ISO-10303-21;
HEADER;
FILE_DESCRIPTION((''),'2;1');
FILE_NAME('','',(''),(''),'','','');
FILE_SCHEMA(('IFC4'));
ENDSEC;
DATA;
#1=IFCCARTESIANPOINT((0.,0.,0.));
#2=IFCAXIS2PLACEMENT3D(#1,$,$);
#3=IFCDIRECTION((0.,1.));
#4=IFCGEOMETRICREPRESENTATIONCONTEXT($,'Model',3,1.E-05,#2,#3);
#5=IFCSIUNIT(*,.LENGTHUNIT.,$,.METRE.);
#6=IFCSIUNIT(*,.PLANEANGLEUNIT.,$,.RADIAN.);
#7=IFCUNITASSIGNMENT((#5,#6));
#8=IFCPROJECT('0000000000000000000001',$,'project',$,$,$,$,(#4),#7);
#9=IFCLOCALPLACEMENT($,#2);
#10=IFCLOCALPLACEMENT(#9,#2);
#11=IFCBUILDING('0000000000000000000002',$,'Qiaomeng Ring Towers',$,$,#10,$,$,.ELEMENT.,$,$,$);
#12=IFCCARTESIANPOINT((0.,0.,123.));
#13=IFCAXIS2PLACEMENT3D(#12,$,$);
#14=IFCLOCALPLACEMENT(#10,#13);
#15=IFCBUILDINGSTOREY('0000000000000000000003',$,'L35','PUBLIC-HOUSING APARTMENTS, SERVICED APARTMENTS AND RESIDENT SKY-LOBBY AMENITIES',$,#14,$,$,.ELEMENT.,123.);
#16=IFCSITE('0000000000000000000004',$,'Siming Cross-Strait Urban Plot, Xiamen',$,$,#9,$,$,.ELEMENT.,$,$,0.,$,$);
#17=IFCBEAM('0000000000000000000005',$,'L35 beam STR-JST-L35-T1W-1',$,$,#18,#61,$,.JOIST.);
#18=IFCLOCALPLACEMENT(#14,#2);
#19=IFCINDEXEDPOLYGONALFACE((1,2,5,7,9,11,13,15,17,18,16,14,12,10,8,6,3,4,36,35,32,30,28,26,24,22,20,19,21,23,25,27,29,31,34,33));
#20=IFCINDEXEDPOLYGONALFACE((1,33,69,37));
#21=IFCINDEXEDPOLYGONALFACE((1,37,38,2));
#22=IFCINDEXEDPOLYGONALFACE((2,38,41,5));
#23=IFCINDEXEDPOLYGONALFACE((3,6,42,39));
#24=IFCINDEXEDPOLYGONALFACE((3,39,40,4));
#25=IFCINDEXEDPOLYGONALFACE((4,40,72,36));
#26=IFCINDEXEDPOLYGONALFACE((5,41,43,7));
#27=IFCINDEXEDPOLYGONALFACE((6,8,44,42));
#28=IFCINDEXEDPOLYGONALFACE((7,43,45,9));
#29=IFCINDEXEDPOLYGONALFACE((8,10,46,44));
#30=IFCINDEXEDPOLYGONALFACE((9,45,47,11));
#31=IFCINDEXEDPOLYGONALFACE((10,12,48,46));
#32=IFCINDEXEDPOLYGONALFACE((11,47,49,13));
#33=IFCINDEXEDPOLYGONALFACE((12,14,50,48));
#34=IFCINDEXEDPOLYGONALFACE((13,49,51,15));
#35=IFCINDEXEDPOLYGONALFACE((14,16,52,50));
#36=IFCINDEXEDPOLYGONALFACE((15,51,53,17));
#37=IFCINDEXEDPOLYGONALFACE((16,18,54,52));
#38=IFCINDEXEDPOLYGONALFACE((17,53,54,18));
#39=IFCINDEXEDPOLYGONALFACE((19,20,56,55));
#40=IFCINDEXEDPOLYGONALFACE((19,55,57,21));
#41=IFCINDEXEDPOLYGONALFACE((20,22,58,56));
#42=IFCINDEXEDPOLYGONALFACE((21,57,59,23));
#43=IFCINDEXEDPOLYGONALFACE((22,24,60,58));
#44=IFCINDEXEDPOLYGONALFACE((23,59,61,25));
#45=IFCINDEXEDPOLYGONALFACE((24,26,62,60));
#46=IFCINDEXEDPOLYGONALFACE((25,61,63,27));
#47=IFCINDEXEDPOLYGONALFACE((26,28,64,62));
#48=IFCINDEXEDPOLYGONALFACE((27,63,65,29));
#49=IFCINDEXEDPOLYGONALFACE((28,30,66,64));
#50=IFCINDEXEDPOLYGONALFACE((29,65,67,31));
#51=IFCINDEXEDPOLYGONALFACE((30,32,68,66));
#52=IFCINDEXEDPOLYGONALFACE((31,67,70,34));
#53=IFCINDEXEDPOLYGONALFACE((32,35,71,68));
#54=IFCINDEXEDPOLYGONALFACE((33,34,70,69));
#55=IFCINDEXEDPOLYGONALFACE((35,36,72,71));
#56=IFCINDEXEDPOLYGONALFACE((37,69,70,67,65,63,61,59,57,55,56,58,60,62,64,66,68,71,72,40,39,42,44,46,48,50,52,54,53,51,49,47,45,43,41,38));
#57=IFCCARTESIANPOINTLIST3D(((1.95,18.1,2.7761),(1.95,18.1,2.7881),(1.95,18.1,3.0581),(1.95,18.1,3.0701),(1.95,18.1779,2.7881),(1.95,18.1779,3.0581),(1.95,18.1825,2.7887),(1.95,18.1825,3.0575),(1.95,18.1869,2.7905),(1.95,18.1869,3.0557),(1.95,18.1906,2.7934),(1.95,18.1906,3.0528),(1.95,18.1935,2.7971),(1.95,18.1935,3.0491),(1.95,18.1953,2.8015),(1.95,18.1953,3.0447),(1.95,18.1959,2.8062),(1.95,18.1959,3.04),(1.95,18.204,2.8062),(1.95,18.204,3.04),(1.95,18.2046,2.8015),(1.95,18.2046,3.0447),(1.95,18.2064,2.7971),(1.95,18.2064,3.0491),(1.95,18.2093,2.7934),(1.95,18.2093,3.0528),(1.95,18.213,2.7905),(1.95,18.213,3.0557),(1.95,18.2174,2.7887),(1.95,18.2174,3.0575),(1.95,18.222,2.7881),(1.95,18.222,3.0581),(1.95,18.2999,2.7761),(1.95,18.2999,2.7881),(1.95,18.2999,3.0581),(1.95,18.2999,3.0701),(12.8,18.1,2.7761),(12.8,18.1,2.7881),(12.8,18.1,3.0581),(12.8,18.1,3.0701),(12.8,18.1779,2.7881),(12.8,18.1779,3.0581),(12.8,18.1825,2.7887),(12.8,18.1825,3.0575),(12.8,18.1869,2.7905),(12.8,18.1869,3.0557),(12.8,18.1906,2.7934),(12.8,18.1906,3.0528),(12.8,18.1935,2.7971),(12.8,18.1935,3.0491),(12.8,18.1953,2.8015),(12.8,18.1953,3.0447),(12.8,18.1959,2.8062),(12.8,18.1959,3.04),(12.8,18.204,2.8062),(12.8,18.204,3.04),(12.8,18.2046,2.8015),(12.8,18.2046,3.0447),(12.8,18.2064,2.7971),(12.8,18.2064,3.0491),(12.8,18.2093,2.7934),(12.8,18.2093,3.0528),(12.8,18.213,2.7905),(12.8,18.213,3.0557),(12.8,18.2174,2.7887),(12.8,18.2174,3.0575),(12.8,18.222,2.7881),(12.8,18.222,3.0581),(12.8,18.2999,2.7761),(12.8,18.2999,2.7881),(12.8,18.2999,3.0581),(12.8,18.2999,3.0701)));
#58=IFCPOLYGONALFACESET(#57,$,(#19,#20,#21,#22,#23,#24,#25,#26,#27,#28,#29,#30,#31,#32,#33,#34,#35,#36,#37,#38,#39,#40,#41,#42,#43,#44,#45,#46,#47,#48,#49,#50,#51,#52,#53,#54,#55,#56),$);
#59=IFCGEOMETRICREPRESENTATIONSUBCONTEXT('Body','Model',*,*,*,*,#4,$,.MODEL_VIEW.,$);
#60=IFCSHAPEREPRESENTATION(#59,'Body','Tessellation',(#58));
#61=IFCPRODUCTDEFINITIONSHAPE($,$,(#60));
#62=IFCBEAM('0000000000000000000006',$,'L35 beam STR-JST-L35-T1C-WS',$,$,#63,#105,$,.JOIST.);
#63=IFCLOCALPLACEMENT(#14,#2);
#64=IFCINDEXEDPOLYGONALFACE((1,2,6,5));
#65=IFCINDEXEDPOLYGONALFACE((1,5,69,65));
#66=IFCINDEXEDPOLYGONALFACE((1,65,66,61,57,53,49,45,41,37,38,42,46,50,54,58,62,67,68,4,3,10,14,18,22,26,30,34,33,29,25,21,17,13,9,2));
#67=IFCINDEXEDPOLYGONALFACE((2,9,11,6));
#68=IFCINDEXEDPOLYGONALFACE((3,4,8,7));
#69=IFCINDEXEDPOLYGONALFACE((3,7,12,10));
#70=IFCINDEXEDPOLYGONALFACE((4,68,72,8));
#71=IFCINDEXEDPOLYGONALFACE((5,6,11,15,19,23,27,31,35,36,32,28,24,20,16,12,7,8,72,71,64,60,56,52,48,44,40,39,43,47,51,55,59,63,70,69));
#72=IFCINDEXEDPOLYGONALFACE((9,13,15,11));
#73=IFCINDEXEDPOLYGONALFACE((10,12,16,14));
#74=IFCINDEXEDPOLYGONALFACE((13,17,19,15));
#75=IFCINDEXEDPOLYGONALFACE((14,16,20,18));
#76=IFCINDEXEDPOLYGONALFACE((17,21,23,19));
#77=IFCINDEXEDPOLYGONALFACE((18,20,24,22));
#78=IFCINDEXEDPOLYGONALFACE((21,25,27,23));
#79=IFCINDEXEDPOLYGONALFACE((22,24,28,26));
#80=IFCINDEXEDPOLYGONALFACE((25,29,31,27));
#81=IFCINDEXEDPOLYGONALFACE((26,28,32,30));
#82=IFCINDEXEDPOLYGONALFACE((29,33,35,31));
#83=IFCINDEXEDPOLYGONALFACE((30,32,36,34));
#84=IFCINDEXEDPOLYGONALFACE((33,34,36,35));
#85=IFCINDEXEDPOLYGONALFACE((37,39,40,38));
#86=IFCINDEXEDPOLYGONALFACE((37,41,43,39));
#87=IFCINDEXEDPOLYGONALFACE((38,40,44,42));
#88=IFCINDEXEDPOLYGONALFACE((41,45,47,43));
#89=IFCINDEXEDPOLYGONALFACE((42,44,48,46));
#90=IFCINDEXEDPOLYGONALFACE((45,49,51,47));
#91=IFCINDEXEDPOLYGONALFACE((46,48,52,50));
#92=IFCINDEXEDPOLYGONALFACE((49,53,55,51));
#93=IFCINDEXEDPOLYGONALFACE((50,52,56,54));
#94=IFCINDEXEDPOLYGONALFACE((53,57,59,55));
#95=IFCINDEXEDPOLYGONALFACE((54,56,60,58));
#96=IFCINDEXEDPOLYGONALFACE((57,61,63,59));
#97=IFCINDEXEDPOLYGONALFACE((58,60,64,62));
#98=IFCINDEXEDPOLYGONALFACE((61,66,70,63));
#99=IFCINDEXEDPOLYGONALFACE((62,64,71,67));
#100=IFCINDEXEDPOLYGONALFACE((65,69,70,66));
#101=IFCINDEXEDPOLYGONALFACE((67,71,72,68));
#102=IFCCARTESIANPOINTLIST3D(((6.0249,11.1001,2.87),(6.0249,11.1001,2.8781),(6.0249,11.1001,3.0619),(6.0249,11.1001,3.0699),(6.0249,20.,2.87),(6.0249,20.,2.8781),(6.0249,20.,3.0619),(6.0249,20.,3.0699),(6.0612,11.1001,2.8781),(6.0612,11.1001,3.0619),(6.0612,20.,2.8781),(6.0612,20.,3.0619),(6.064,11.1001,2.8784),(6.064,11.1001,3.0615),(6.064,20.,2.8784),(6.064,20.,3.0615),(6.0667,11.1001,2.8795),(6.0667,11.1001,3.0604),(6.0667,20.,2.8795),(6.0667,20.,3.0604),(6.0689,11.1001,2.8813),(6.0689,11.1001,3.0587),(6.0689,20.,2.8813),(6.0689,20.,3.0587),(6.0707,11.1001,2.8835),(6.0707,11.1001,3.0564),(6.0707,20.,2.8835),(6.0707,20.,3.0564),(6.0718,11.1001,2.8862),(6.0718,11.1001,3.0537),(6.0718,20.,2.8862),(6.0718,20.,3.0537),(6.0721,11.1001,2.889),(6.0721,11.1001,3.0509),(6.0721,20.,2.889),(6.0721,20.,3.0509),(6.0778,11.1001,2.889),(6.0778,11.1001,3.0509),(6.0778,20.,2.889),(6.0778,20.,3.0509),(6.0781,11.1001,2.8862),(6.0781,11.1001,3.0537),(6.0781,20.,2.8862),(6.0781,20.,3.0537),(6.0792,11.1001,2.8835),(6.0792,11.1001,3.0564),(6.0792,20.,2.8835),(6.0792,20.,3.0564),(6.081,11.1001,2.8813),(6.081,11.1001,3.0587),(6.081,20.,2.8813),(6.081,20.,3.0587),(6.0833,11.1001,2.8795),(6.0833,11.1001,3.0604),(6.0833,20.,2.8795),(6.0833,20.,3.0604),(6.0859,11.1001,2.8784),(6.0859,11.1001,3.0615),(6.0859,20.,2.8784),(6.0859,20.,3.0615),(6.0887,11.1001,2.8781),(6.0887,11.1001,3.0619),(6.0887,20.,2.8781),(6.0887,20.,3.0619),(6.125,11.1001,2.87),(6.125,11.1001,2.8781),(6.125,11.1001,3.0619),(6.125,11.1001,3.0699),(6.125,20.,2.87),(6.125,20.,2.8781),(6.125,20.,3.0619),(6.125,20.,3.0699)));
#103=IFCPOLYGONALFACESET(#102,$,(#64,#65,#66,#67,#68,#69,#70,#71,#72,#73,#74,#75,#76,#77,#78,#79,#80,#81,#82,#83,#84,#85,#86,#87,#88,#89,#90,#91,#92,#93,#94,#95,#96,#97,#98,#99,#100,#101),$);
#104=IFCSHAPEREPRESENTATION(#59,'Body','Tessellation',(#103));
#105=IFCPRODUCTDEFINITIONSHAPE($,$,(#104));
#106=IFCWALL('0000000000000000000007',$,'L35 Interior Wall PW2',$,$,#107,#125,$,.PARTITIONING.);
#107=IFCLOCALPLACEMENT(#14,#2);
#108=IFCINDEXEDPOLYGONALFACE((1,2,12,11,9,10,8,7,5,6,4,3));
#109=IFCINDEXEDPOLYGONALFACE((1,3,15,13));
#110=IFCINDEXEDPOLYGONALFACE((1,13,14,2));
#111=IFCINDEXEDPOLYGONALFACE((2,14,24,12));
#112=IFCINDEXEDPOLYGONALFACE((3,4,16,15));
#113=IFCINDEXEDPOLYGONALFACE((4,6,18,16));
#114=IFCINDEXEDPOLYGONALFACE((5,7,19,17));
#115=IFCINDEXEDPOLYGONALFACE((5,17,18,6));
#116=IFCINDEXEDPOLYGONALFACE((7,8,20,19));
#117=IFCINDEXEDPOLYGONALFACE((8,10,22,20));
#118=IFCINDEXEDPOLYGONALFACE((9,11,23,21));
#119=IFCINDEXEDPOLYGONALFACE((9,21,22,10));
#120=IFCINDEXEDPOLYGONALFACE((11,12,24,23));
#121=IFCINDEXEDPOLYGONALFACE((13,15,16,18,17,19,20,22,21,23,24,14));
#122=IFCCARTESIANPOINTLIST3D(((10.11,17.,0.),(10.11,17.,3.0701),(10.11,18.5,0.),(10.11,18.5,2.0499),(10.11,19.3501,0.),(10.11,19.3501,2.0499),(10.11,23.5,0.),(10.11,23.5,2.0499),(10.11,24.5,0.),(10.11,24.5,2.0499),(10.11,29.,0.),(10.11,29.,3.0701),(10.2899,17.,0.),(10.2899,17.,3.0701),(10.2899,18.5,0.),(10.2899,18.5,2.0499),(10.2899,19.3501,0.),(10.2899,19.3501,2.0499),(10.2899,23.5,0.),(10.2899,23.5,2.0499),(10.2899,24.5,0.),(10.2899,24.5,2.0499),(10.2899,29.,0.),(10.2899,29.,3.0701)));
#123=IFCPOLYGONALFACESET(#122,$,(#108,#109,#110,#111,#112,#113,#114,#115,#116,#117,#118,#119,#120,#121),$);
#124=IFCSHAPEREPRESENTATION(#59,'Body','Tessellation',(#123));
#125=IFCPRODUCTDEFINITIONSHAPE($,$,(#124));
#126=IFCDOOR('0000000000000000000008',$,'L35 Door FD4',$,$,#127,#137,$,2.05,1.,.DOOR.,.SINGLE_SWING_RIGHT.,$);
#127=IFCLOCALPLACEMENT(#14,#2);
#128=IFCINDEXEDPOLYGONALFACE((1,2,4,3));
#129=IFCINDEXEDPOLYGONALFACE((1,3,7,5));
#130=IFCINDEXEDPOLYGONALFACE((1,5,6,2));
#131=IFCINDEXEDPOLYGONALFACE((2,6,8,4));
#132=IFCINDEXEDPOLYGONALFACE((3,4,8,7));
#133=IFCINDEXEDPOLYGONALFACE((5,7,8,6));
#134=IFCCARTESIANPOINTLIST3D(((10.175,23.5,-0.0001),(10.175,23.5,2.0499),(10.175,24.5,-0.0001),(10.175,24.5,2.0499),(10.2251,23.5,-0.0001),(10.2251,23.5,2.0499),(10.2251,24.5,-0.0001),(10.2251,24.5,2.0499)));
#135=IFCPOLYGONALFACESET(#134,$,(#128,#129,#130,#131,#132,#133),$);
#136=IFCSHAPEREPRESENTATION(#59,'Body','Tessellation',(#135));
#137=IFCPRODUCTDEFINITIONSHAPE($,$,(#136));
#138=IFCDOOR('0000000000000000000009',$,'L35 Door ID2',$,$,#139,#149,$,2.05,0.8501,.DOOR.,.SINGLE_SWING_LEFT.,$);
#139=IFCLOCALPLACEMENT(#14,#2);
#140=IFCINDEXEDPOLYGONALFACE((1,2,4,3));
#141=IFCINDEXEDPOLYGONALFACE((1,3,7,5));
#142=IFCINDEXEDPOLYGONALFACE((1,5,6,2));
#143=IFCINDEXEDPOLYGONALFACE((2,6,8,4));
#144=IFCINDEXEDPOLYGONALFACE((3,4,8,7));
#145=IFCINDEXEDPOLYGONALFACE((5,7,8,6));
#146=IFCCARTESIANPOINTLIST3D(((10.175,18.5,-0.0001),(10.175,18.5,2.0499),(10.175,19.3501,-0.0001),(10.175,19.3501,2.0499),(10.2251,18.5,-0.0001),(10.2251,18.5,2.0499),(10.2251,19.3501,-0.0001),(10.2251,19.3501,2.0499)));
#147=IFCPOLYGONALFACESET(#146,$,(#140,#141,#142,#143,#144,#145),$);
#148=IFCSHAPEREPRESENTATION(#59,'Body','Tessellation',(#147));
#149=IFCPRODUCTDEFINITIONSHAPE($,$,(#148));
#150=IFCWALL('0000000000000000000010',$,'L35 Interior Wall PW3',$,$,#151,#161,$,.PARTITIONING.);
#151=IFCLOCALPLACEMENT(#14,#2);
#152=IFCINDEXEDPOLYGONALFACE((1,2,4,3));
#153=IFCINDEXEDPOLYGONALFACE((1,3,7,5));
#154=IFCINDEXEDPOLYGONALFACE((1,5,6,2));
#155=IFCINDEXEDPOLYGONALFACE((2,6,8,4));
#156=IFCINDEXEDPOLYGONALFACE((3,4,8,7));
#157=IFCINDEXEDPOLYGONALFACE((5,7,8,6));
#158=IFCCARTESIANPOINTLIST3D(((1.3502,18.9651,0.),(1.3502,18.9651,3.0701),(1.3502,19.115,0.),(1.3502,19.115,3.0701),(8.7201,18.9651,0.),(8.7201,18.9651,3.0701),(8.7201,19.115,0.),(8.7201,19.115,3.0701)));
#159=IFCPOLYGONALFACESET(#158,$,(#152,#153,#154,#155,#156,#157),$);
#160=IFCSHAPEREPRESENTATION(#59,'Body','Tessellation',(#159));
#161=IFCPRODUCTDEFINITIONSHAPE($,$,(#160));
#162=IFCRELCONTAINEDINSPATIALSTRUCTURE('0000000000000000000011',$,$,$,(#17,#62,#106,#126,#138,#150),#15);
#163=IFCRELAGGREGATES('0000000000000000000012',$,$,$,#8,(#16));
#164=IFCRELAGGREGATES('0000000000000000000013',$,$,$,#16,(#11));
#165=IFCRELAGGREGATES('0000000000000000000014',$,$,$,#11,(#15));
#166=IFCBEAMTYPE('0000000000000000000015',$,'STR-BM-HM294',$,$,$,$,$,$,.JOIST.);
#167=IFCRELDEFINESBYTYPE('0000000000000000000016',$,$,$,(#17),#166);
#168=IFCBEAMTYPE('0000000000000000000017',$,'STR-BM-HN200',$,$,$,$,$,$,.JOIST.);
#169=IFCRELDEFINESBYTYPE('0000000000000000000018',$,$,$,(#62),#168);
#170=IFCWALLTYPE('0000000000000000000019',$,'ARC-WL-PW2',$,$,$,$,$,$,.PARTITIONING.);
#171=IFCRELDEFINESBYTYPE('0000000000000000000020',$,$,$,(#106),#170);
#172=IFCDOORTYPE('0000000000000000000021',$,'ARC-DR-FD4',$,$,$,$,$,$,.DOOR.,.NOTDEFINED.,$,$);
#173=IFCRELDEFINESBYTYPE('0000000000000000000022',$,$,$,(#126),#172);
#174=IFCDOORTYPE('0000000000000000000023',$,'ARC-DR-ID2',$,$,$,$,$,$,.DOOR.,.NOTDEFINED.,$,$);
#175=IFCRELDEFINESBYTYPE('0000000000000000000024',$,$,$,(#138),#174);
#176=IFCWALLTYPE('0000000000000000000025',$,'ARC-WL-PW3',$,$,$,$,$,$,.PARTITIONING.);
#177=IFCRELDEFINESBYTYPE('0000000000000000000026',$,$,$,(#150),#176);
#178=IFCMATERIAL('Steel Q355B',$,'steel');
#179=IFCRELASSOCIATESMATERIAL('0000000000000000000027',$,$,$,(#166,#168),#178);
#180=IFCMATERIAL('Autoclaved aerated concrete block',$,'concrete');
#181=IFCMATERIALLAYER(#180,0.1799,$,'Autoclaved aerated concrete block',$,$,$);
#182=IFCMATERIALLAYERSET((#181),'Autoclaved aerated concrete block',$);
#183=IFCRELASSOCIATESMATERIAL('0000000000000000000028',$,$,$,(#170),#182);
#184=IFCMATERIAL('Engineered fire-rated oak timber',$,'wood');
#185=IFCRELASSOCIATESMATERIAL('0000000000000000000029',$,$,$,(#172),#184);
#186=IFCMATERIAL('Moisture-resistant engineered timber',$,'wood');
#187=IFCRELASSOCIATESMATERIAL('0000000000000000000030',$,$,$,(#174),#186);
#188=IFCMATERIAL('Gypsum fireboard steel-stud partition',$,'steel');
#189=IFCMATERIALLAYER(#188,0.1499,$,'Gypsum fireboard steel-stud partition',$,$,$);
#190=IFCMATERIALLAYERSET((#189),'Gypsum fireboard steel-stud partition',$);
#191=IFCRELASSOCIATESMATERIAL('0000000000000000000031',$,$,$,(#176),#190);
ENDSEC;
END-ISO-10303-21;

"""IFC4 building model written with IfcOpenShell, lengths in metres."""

from ifc_helpers import new_model, si_unit, direction, frame, frame_2d, origin, origin_2d, place, context, subcontext, project, spatial, rectangle, i_section, extrude, source, transform, mapped, material, layer, layer_set, material_profile, profile_set, type_object, element, fill, save


model = new_model("IFC4")

# Units and contexts
model_context = context("Model", 3, precision=1e-05, world=origin(), true_north=direction((0.0, 1.0)))
body_context = subcontext(model_context, "Body", "Model", "MODEL_VIEW")
ifc_project = project(units=[si_unit("LENGTHUNIT", "METRE"), si_unit("PLANEANGLEUNIT", "RADIAN")], contexts=[model_context])

# Site, building, storey
site_placement = place(None, origin())
site = spatial("IfcSite", under=ifc_project, at=site_placement, Name="Siming Cross-Strait Urban Plot, Xiamen", CompositionType="ELEMENT", RefElevation=0.0)
building_placement = place(site_placement, origin())
building = spatial("IfcBuilding", under=site, at=building_placement, Name="Qiaomeng Ring Towers", CompositionType="ELEMENT")
storey_placement = place(building_placement, frame((0.0, 0.0, 123.0)))
storey = spatial("IfcBuildingStorey", under=building, at=storey_placement, Name="L35", Description="PUBLIC-HOUSING APARTMENTS, SERVICED APARTMENTS AND RESIDENT SKY-LOBBY AMENITIES", CompositionType="ELEMENT", Elevation=123.0)

# Beams
ifc_material_1 = material(Name="Steel Q355B", Category="steel")
ifc_material_profile_1 = material_profile(ifc_material_1, i_section(OverallWidth=0.2, OverallDepth=0.2939, WebThickness=0.0081, FlangeThickness=0.012, FilletRadius=0.0181, at=origin_2d()), Name="HM 294x200x8x12")
ifc_profile_set_1 = profile_set([ifc_material_profile_1], Name="Steel Q355B")
beam_type_1 = type_object("IfcBeamType", Name="STR-BM-HM294", PredefinedType="JOIST", material=ifc_profile_set_1)
shared_shape_1 = source(origin(), body_context, "Body", "SweptSolid", [
    extrude(i_section(OverallWidth=0.2, OverallDepth=0.2939, WebThickness=0.0081, FlangeThickness=0.012, FilletRadius=0.0181, at=origin_2d()), origin(), (0.0, 0.0, 1.0), 10.8501),
])
beam_1_placement = place(storey_placement, frame((1.95, 18.2, 2.9231), z_axis=(1.0, 0.0, 0.0), x_axis=(0.0, 1.0, 0.0)))
element("IfcBeam", 1, at=beam_1_placement, inside=storey, type_object=beam_type_1, Name="L35 beam STR-JST-L35-T1W-1", PredefinedType="JOIST", context=body_context, shape_type="MappedRepresentation", body=[
    mapped(shared_shape_1, transform((0.0, 0.0, 0.0), x_axis=(1.0, 0.0, 0.0), y_axis=(0.0, 1.0, 0.0), z_axis=(0.0, 0.0, 1.0), scale=1.0)),
])
ifc_material_profile_2 = material_profile(ifc_material_1, i_section(OverallWidth=0.1001, OverallDepth=0.2, WebThickness=0.0056, FlangeThickness=0.0081, FilletRadius=0.011, at=origin_2d()), Name="HN 200x100x5.5x8")
ifc_profile_set_2 = profile_set([ifc_material_profile_2], Name="Steel Q355B")
beam_type_2 = type_object("IfcBeamType", Name="STR-BM-HN200", PredefinedType="JOIST", material=ifc_profile_set_2)
shared_shape_2 = source(origin(), body_context, "Body", "SweptSolid", [
    extrude(i_section(OverallWidth=0.1001, OverallDepth=0.2, WebThickness=0.0056, FlangeThickness=0.0081, FilletRadius=0.011, at=origin_2d()), origin(), (0.0, 0.0, 1.0), 8.8999),
])
beam_2_placement = place(storey_placement, frame((6.075, 11.1001, 2.97), z_axis=(0.0, 1.0, 0.0), x_axis=(-1.0, 0.0, 0.0)))
element("IfcBeam", 2, at=beam_2_placement, inside=storey, type_object=beam_type_2, Name="L35 beam STR-JST-L35-T1C-WS", PredefinedType="JOIST", context=body_context, shape_type="MappedRepresentation", body=[
    mapped(shared_shape_2, transform((0.0, 0.0, 0.0), x_axis=(1.0, 0.0, 0.0), y_axis=(0.0, 1.0, 0.0), z_axis=(0.0, 0.0, 1.0), scale=1.0)),
])

# Wall, openings, doors
ifc_material_2 = material(Name="Autoclaved aerated concrete block", Category="concrete")
ifc_layer_1 = layer(ifc_material_2, 0.1799, Name="Autoclaved aerated concrete block")
ifc_layer_set_1 = layer_set([ifc_layer_1], Name="Autoclaved aerated concrete block")
wall_type_1 = type_object("IfcWallType", Name="ARC-WL-PW2", PredefinedType="PARTITIONING", material=ifc_layer_set_1)
wall_1_placement = place(storey_placement, frame((10.2, 17.0, 0.0), z_axis=(0.0, 0.0, 1.0), x_axis=(0.0, 1.0, 0.0)))
wall_1 = element("IfcWall", 3, at=wall_1_placement, inside=storey, type_object=wall_type_1, Name="L35 Interior Wall PW2", PredefinedType="PARTITIONING", context=body_context, shape_type="SweptSolid", body=[
    extrude(rectangle(XDim=12.0, YDim=0.1799, at=frame_2d((6.0, 0.0))), origin(), (0.0, 0.0, 1.0), 3.0701),
])
opening_1_placement = place(wall_1_placement, frame((1.5, 0.0, 0.0)))
opening_1 = element("IfcOpeningElement", 4, at=opening_1_placement, cuts=wall_1, PredefinedType="OPENING", context=body_context, shape_type="SweptSolid", body=[
    extrude(rectangle(XDim=0.8501, YDim=2.05, at=frame_2d((0.425, 1.0249))), frame((0.0, 0.0999, 0.0), z_axis=(0.0, -1.0, 0.0), x_axis=(1.0, 0.0, 0.0)), (0.0, 0.0, 1.0), 0.2),
])
opening_2_placement = place(wall_1_placement, frame((6.5, 0.0, 0.0)))
opening_2 = element("IfcOpeningElement", 5, at=opening_2_placement, cuts=wall_1, PredefinedType="OPENING", context=body_context, shape_type="SweptSolid", body=[
    extrude(rectangle(XDim=1.0, YDim=2.05, at=frame_2d((0.5, 1.0249))), frame((0.0, 0.0999, 0.0), z_axis=(0.0, -1.0, 0.0), x_axis=(1.0, 0.0, 0.0)), (0.0, 0.0, 1.0), 0.2),
])
ifc_material_3 = material(Name="Engineered fire-rated oak timber", Category="wood")
door_type_1 = type_object("IfcDoorType", Name="ARC-DR-FD4", OperationType="NOTDEFINED", PredefinedType="DOOR", material=ifc_material_3)
shared_shape_3 = source(origin(), body_context, "Body", "SweptSolid", [
    extrude(rectangle(XDim=1.0, YDim=2.05, at=frame_2d((0.5, 1.0249))), frame((0.0, 0.0249, 0.0), z_axis=(0.0, -1.0, 0.0), x_axis=(1.0, 0.0, 0.0)), (0.0, 0.0, 1.0), 0.05),
])
door_1_placement = place(opening_2_placement, origin())
door_1 = element("IfcDoor", 6, at=door_1_placement, inside=storey, type_object=door_type_1, Name="L35 Door FD4", OperationType="SINGLE_SWING_RIGHT", OverallHeight=2.05, OverallWidth=1.0, PredefinedType="DOOR", context=body_context, shape_type="MappedRepresentation", body=[
    mapped(shared_shape_3, transform((0.0, 0.0, 0.0), x_axis=(1.0, 0.0, 0.0), y_axis=(0.0, 1.0, 0.0), z_axis=(0.0, 0.0, 1.0), scale=1.0)),
])
fill(opening_2, door_1)
ifc_material_4 = material(Name="Moisture-resistant engineered timber", Category="wood")
door_type_2 = type_object("IfcDoorType", Name="ARC-DR-ID2", OperationType="NOTDEFINED", PredefinedType="DOOR", material=ifc_material_4)
shared_shape_4 = source(origin(), body_context, "Body", "SweptSolid", [
    extrude(rectangle(XDim=0.8501, YDim=2.05, at=frame_2d((0.425, 1.0249))), frame((0.0, 0.0249, 0.0), z_axis=(0.0, -1.0, 0.0), x_axis=(1.0, 0.0, 0.0)), (0.0, 0.0, 1.0), 0.05),
])
door_2_placement = place(opening_1_placement, origin())
door_2 = element("IfcDoor", 7, at=door_2_placement, inside=storey, type_object=door_type_2, Name="L35 Door ID2", OperationType="SINGLE_SWING_LEFT", OverallHeight=2.05, OverallWidth=0.8501, PredefinedType="DOOR", context=body_context, shape_type="MappedRepresentation", body=[
    mapped(shared_shape_4, transform((0.0, 0.0, 0.0), x_axis=(1.0, 0.0, 0.0), y_axis=(0.0, 1.0, 0.0), z_axis=(0.0, 0.0, 1.0), scale=1.0)),
])
fill(opening_1, door_2)

# Wall
ifc_material_5 = material(Name="Gypsum fireboard steel-stud partition", Category="steel")
ifc_layer_2 = layer(ifc_material_5, 0.1499, Name="Gypsum fireboard steel-stud partition")
ifc_layer_set_2 = layer_set([ifc_layer_2], Name="Gypsum fireboard steel-stud partition")
wall_type_2 = type_object("IfcWallType", Name="ARC-WL-PW3", PredefinedType="PARTITIONING", material=ifc_layer_set_2)
wall_2_placement = place(storey_placement, frame((1.3501, 19.04, 0.0), z_axis=(0.0, 0.0, 1.0), x_axis=(1.0, 0.0, 0.0)))
element("IfcWall", 8, at=wall_2_placement, inside=storey, type_object=wall_type_2, Name="L35 Interior Wall PW3", PredefinedType="PARTITIONING", context=body_context, shape_type="SweptSolid", body=[
    extrude(rectangle(XDim=7.3699, YDim=0.1499, at=frame_2d((3.6851, 0.0))), origin(), (0.0, 0.0, 1.0), 3.0701),
])

save(model, "model.ifc")
